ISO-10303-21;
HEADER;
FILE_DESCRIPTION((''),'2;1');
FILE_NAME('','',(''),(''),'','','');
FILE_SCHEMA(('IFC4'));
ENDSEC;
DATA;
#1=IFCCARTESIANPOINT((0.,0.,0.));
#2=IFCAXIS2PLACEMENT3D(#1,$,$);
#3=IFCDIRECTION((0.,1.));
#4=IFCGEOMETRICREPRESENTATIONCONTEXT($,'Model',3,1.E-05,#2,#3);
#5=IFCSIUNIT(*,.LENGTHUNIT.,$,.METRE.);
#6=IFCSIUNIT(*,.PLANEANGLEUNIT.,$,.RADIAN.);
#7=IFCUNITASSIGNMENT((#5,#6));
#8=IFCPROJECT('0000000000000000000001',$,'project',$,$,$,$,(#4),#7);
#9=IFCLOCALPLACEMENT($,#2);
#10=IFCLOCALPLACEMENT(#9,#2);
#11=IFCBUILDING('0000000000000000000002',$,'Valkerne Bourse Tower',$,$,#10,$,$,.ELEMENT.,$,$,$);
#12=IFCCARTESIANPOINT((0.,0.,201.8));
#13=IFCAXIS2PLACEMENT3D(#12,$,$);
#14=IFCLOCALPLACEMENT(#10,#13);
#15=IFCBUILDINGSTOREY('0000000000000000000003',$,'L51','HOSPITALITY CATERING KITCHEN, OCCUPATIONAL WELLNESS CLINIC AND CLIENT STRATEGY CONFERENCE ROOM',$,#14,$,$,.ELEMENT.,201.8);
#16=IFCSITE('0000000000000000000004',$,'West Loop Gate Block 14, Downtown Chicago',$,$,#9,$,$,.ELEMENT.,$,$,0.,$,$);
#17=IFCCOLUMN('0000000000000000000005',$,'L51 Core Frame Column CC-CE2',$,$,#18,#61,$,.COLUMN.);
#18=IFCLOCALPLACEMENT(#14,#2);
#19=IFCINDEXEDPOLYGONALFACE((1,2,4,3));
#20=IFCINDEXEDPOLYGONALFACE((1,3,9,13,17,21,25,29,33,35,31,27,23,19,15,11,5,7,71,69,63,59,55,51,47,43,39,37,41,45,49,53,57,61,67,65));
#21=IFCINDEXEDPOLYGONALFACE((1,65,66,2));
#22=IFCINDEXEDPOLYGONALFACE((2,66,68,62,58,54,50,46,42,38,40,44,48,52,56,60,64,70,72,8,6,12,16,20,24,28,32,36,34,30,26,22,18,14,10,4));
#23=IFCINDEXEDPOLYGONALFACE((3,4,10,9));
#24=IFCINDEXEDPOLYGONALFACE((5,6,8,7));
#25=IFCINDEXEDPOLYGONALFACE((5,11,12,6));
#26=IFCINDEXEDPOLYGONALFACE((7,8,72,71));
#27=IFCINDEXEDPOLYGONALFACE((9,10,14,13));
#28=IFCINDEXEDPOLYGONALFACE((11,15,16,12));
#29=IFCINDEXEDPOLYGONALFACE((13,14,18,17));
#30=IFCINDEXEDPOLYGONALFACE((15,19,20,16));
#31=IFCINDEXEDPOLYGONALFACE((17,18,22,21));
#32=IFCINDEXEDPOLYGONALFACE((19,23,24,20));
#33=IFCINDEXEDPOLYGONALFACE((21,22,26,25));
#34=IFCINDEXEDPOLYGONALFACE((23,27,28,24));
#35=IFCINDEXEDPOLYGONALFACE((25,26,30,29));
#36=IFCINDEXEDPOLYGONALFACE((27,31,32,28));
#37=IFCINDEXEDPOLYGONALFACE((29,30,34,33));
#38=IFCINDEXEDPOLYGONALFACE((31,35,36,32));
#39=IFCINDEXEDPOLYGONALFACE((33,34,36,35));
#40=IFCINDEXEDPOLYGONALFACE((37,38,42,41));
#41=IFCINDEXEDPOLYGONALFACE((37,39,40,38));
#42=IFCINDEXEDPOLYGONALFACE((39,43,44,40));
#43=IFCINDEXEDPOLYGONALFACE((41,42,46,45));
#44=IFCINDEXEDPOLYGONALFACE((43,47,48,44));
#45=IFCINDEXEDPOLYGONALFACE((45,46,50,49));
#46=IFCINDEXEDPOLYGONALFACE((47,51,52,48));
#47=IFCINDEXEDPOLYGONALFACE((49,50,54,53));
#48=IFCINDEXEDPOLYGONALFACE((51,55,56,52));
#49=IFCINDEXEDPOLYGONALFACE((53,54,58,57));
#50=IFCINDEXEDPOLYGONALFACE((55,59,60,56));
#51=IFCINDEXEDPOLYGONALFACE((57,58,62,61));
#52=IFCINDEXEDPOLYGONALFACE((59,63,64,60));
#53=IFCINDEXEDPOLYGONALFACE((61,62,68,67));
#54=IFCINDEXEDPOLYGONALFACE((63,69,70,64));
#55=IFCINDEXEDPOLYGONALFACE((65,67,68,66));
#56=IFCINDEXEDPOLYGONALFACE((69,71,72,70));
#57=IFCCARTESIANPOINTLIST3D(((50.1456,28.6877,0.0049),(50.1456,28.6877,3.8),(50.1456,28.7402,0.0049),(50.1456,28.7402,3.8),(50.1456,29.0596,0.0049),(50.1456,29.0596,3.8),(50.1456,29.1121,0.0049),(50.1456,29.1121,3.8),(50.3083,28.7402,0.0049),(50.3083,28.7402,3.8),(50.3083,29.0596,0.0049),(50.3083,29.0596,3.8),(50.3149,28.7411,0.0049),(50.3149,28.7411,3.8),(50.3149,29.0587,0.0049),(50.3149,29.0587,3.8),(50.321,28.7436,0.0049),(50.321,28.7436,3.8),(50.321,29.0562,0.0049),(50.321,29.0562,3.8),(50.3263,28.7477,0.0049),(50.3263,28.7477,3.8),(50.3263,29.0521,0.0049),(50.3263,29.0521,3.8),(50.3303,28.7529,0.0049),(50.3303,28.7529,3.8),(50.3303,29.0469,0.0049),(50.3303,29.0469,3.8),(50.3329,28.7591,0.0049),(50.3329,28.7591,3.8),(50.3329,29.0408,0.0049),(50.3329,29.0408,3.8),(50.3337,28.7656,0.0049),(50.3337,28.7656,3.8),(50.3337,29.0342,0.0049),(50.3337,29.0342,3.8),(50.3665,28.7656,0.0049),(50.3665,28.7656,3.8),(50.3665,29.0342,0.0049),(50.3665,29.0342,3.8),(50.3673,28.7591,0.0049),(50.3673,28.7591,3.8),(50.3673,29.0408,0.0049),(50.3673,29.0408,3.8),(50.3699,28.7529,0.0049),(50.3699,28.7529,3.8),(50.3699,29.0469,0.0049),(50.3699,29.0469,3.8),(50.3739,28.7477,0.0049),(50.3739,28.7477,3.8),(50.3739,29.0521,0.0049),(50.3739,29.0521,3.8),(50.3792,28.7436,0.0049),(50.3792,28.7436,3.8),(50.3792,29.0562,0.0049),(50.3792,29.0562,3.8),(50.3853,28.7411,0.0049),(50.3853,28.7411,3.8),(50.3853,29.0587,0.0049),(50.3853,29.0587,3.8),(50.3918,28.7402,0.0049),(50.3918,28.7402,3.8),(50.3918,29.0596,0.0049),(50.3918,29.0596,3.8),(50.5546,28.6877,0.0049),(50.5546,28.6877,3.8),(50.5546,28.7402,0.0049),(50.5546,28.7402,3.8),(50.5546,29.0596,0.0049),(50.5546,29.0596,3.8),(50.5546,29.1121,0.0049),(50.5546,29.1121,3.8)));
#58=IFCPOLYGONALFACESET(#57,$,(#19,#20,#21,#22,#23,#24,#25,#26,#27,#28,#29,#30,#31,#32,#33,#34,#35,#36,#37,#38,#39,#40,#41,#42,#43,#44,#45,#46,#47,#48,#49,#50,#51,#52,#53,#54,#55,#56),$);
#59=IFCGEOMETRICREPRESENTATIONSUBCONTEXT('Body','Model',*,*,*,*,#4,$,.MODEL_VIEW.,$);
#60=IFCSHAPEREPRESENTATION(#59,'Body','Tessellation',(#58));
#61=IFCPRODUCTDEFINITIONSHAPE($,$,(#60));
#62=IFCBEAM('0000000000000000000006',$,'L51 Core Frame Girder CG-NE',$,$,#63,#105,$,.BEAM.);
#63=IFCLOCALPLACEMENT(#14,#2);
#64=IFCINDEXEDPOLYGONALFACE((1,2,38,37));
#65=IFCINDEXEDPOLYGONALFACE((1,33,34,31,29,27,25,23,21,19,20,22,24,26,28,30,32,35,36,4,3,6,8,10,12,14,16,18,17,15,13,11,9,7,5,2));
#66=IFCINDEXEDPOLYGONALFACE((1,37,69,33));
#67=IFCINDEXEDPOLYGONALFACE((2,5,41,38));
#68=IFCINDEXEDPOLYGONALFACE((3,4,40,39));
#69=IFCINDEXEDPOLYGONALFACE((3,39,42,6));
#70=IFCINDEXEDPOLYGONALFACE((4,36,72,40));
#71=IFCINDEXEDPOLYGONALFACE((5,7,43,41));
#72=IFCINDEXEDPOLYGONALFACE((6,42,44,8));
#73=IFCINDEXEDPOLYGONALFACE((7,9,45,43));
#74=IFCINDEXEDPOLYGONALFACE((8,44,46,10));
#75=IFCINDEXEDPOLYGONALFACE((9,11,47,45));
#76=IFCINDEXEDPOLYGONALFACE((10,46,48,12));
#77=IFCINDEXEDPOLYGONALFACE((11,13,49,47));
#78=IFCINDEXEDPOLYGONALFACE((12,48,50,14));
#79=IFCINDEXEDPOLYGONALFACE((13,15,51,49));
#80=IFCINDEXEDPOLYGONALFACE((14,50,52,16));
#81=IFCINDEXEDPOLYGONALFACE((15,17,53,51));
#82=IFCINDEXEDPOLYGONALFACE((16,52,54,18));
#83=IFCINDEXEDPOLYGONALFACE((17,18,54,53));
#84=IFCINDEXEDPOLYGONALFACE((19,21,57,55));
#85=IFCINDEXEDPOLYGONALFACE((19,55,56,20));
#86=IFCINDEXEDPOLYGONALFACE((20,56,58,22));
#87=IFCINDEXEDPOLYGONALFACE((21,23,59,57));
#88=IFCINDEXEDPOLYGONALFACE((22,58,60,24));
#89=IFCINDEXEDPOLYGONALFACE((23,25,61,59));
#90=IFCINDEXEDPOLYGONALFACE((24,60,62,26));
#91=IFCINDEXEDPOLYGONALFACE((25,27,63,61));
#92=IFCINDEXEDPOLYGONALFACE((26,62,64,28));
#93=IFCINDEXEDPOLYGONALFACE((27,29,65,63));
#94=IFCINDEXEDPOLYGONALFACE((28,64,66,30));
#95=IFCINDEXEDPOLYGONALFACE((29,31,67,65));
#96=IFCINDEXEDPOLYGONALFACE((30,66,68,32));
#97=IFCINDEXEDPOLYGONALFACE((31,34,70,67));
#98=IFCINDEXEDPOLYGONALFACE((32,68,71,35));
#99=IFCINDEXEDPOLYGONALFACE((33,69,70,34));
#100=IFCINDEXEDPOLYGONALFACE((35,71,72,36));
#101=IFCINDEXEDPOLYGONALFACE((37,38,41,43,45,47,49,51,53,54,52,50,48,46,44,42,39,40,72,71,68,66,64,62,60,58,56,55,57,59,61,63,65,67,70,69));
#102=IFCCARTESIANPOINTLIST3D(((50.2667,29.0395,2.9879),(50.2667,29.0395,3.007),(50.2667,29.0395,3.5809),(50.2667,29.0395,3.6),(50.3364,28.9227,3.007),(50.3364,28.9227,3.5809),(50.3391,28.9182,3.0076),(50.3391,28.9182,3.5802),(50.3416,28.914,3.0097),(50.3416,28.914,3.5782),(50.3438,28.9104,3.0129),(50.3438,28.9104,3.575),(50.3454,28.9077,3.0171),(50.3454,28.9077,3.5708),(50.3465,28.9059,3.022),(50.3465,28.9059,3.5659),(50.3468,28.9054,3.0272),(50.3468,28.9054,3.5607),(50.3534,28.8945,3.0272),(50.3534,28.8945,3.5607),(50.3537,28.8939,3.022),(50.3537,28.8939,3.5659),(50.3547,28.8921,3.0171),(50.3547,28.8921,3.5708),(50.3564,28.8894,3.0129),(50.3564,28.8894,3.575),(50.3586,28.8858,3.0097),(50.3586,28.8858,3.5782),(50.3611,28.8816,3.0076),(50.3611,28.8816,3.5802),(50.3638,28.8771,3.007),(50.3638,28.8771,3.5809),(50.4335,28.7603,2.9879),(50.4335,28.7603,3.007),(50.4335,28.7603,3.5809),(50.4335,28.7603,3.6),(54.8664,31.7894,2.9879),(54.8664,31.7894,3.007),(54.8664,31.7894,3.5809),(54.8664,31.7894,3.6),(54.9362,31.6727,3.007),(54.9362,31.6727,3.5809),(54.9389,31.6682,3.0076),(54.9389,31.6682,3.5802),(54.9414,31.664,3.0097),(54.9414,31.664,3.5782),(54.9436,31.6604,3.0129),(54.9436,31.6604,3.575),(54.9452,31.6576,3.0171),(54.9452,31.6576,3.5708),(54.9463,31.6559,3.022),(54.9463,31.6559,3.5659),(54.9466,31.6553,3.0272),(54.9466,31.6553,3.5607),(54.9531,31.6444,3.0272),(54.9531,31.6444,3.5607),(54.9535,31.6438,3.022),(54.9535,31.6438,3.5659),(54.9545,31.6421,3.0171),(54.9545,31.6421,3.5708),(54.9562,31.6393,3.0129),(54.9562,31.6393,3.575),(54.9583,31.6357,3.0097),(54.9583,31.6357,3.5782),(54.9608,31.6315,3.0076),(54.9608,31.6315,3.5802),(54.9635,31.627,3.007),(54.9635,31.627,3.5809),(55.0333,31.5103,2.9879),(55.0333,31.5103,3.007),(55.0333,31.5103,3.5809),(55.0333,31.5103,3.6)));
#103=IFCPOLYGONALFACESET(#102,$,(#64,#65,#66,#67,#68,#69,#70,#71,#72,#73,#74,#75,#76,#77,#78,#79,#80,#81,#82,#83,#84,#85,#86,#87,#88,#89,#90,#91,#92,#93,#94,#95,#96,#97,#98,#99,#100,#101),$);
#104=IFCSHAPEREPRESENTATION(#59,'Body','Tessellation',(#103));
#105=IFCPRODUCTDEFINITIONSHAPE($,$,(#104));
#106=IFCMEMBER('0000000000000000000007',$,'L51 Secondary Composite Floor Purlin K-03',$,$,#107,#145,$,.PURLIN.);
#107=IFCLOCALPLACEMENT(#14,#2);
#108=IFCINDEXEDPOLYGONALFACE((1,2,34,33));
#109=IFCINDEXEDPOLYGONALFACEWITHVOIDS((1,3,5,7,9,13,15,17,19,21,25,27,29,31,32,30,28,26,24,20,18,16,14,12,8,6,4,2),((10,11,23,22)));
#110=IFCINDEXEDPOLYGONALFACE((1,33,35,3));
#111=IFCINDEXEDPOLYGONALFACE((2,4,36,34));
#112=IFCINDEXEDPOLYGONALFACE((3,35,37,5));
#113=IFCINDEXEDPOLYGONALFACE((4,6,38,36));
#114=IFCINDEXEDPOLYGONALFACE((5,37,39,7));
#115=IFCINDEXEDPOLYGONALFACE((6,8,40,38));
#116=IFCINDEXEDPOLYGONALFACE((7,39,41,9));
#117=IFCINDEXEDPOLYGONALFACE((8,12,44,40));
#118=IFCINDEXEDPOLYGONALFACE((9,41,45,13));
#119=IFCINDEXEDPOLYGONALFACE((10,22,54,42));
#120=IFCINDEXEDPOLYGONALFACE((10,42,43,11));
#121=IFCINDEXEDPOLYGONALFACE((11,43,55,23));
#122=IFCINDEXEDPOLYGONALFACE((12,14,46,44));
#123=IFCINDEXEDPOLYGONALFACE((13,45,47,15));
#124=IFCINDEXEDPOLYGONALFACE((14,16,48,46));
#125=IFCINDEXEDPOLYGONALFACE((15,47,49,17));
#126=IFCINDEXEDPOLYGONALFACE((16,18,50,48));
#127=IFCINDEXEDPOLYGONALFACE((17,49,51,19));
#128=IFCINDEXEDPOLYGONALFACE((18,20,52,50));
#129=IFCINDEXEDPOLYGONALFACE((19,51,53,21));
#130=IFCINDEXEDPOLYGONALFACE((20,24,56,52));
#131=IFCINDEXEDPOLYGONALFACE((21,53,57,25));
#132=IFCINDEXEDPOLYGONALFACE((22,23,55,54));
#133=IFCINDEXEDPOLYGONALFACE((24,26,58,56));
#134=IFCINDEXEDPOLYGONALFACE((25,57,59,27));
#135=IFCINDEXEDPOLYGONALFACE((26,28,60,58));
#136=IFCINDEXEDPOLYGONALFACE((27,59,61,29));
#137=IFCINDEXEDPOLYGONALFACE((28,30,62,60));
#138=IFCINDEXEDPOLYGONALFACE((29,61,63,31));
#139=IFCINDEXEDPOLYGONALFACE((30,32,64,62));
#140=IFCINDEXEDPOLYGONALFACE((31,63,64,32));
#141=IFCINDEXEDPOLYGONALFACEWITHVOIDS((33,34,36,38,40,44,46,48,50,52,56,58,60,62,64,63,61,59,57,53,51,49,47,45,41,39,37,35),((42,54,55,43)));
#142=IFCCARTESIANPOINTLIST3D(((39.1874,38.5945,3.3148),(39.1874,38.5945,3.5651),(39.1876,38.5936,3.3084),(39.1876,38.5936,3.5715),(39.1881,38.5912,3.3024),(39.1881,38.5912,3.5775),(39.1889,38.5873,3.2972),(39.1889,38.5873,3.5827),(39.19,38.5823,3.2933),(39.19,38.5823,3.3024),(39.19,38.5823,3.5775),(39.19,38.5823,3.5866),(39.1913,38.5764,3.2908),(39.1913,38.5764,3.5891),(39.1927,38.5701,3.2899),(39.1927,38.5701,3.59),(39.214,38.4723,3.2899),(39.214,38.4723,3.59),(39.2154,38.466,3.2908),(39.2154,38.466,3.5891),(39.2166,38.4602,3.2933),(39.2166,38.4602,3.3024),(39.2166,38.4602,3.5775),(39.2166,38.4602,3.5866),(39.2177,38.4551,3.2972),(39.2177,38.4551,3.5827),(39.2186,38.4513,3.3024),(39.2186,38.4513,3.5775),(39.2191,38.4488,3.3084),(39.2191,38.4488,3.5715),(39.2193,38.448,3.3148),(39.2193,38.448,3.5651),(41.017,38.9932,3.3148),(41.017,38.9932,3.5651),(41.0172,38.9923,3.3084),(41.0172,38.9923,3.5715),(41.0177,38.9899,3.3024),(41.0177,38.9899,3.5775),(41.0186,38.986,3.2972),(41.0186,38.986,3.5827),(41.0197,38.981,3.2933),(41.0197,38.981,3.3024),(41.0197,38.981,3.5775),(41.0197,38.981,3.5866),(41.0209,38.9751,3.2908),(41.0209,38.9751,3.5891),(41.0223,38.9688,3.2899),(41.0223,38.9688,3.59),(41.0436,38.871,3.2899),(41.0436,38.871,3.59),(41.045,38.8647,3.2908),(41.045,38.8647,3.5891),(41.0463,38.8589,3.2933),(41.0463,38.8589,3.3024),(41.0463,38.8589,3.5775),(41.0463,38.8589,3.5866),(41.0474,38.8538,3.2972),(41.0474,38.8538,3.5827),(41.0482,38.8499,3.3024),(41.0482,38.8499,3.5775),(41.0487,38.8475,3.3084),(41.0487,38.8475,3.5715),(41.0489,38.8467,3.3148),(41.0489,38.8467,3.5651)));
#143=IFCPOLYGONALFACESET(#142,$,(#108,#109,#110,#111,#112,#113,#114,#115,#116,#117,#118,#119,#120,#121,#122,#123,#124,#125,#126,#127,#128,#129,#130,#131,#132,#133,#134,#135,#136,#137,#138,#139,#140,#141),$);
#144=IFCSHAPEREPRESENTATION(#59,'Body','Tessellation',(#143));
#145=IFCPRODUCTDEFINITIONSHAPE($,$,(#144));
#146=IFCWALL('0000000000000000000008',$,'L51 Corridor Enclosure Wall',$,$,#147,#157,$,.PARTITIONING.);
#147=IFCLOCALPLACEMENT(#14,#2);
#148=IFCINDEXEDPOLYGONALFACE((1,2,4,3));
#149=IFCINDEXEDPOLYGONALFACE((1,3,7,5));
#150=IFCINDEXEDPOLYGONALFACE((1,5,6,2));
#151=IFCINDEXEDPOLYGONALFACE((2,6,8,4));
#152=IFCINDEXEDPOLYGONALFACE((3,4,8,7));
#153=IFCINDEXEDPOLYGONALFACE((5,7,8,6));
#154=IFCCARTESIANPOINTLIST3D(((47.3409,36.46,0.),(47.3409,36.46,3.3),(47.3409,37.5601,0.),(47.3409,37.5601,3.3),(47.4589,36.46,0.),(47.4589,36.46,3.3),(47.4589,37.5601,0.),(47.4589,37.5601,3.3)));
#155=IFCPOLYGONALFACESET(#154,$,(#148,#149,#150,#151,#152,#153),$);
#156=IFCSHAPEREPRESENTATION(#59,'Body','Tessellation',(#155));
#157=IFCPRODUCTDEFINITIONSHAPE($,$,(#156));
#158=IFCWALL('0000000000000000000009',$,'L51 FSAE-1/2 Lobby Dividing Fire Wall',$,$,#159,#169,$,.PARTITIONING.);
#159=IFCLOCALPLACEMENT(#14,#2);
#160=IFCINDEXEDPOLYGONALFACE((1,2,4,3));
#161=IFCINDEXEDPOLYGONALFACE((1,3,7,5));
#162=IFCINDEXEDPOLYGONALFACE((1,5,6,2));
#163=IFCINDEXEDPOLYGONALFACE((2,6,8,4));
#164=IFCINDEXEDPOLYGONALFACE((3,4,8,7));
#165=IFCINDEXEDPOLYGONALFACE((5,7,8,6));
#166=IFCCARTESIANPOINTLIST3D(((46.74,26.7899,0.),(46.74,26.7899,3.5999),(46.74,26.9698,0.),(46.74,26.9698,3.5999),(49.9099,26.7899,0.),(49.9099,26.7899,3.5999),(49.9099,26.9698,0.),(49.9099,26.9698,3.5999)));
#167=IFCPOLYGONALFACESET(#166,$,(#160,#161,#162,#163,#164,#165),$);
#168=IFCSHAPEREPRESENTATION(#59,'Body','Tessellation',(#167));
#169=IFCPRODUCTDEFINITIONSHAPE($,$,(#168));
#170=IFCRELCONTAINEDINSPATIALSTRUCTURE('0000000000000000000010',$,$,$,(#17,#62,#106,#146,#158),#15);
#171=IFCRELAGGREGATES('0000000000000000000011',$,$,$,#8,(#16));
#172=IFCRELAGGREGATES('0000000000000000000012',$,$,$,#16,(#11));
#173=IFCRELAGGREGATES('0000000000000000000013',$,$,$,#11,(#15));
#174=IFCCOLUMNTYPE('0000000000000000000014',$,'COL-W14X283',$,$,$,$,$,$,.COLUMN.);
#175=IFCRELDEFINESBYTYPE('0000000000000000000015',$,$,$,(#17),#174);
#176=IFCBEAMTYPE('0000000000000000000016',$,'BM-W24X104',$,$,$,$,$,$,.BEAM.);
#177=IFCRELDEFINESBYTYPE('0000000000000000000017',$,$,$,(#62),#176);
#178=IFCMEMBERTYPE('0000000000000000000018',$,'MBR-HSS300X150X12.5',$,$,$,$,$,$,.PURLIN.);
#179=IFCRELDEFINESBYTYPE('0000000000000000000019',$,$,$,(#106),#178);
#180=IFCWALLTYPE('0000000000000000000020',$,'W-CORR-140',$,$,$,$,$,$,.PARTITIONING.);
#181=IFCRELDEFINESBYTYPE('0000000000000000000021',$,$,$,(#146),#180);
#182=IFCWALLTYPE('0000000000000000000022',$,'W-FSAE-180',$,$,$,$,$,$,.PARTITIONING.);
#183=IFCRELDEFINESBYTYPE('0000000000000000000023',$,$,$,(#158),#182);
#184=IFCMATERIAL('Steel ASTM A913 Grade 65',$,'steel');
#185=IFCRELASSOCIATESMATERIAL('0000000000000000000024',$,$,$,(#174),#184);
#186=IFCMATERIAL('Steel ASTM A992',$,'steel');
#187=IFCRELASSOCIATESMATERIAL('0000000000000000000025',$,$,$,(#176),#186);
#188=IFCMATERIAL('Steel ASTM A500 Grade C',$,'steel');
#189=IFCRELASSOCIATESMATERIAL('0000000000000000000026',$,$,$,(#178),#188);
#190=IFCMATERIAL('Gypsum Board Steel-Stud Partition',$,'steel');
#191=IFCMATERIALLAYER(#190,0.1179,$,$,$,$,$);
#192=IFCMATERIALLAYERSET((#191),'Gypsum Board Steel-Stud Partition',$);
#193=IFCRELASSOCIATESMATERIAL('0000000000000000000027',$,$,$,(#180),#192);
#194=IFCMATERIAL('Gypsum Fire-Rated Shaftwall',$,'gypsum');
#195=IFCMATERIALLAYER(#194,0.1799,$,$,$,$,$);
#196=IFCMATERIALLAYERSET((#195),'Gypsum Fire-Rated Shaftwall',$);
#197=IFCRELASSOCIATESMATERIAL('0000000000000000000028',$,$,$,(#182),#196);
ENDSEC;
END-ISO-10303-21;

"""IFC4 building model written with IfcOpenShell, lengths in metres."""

from ifc_helpers import new_model, si_unit, direction, frame, frame_2d, origin, origin_2d, place, context, subcontext, project, spatial, rectangle, hollow_rectangle, i_section, extrude, material, layer, layer_set, material_profile, profile_set, type_object, element, save


model = new_model("IFC4")

# Units and contexts
model_context = context("Model", 3, precision=1e-05, world=origin(), true_north=direction((0.0, 1.0)))
body_context = subcontext(model_context, "Body", "Model", "MODEL_VIEW")
ifc_project = project(units=[si_unit("LENGTHUNIT", "METRE"), si_unit("PLANEANGLEUNIT", "RADIAN")], contexts=[model_context])

# Site, building, storey
site_placement = place(None, origin())
site = spatial("IfcSite", under=ifc_project, at=site_placement, Name="West Loop Gate Block 14, Downtown Chicago", CompositionType="ELEMENT", RefElevation=0.0)
building_placement = place(site_placement, origin())
building = spatial("IfcBuilding", under=site, at=building_placement, Name="Valkerne Bourse Tower", CompositionType="ELEMENT")
storey_placement = place(building_placement, frame((0.0, 0.0, 201.8)))
storey = spatial("IfcBuildingStorey", under=building, at=storey_placement, Name="L51", Description="HOSPITALITY CATERING KITCHEN, OCCUPATIONAL WELLNESS CLINIC AND CLIENT STRATEGY CONFERENCE ROOM", CompositionType="ELEMENT", Elevation=201.8)

# Column
ifc_material_1 = material(Name="Steel ASTM A913 Grade 65", Category="steel")
ifc_material_profile_1 = material_profile(ifc_material_1, i_section(OverallWidth=0.4089, OverallDepth=0.4243, WebThickness=0.0327, FlangeThickness=0.0525, FilletRadius=0.0254, at=origin_2d()), Name="W14X283")
ifc_profile_set_1 = profile_set([ifc_material_profile_1], Name="Steel ASTM A913 Grade 65")
column_type = type_object("IfcColumnType", Name="COL-W14X283", PredefinedType="COLUMN", material=ifc_profile_set_1)
column_placement = place(storey_placement, frame((50.3501, 28.8999, 0.0049), z_axis=(0.0, 0.0, 1.0), x_axis=(1.0, 0.0, 0.0)))
element("IfcColumn", 1, at=column_placement, inside=storey, type_object=column_type, Name="L51 Core Frame Column CC-CE2", PredefinedType="COLUMN", context=body_context, shape_type="SweptSolid", body=[
    extrude(i_section(OverallWidth=0.4089, OverallDepth=0.4243, WebThickness=0.0327, FlangeThickness=0.0525, FilletRadius=0.0254, at=origin_2d()), origin(), (0.0, 0.0, 1.0), 3.7952),
])

# Beam
ifc_material_2 = material(Name="Steel ASTM A992", Category="steel")
ifc_material_profile_2 = material_profile(ifc_material_2, i_section(OverallWidth=0.3252, OverallDepth=0.6121, WebThickness=0.0127, FlangeThickness=0.019, FilletRadius=0.0203, at=origin_2d()), Name="W24X104")
ifc_profile_set_2 = profile_set([ifc_material_profile_2], Name="Steel ASTM A992")
beam_type = type_object("IfcBeamType", Name="BM-W24X104", PredefinedType="BEAM", material=ifc_profile_set_2)
beam_placement = place(storey_placement, frame((50.3501, 28.8999, 3.2939), z_axis=(0.858308, 0.513135, 0.0), x_axis=(-0.513135, 0.858308, 0.0)))
element("IfcBeam", 2, at=beam_placement, inside=storey, type_object=beam_type, Name="L51 Core Frame Girder CG-NE", PredefinedType="BEAM", context=body_context, shape_type="SweptSolid", body=[
    extrude(i_section(OverallWidth=0.3252, OverallDepth=0.6121, WebThickness=0.0127, FlangeThickness=0.019, FilletRadius=0.0203, at=origin_2d()), origin(), (0.0, 0.0, 1.0), 5.3591),
])

# Member
ifc_material_3 = material(Name="Steel ASTM A500 Grade C", Category="steel")
ifc_material_profile_3 = material_profile(ifc_material_3, hollow_rectangle(XDim=0.1499, YDim=0.3, WallThickness=0.0125, OuterFilletRadius=0.0249, at=origin_2d()), Name="HSS300X150X12.5")
ifc_profile_set_3 = profile_set([ifc_material_profile_3], Name="Steel ASTM A500 Grade C")
member_type = type_object("IfcMemberType", Name="MBR-HSS300X150X12.5", PredefinedType="PURLIN", material=ifc_profile_set_3)
member_placement = place(storey_placement, frame((41.033, 38.9199, 3.4399), z_axis=(-0.977072, -0.212911, 0.0), x_axis=(0.212911, -0.977072, 0.0)))
element("IfcMember", 3, at=member_placement, inside=storey, type_object=member_type, Name="L51 Secondary Composite Floor Purlin K-03", PredefinedType="PURLIN", context=body_context, shape_type="SweptSolid", body=[
    extrude(hollow_rectangle(XDim=0.1499, YDim=0.3, WallThickness=0.0125, OuterFilletRadius=0.0249, at=origin_2d()), origin(), (0.0, 0.0, 1.0), 1.8726),
])

# Walls
ifc_material_4 = material(Name="Gypsum Board Steel-Stud Partition", Category="steel")
ifc_layer_1 = layer(ifc_material_4, 0.1179)
ifc_layer_set_1 = layer_set([ifc_layer_1], Name="Gypsum Board Steel-Stud Partition")
wall_type_1 = type_object("IfcWallType", Name="W-CORR-140", PredefinedType="PARTITIONING", material=ifc_layer_set_1)
wall_1_placement = place(storey_placement, frame((47.3999, 37.5601, 0.0), z_axis=(0.0, 0.0, 1.0), x_axis=(0.0, -1.0, 0.0)))
element("IfcWall", 4, at=wall_1_placement, inside=storey, type_object=wall_type_1, Name="L51 Corridor Enclosure Wall", PredefinedType="PARTITIONING", context=body_context, shape_type="SweptSolid", body=[
    extrude(rectangle(XDim=1.1001, YDim=0.1179, at=frame_2d((0.55, 0.0))), origin(), (0.0, 0.0, 1.0), 3.3),
])
ifc_material_5 = material(Name="Gypsum Fire-Rated Shaftwall", Category="gypsum")
ifc_layer_2 = layer(ifc_material_5, 0.1799)
ifc_layer_set_2 = layer_set([ifc_layer_2], Name="Gypsum Fire-Rated Shaftwall")
wall_type_2 = type_object("IfcWallType", Name="W-FSAE-180", PredefinedType="PARTITIONING", material=ifc_layer_set_2)
wall_2_placement = place(storey_placement, frame((46.74, 26.8799, 0.0), z_axis=(0.0, 0.0, 1.0), x_axis=(1.0, 0.0, 0.0)))
element("IfcWall", 5, at=wall_2_placement, inside=storey, type_object=wall_type_2, Name="L51 FSAE-1/2 Lobby Dividing Fire Wall", PredefinedType="PARTITIONING", context=body_context, shape_type="SweptSolid", body=[
    extrude(rectangle(XDim=3.1699, YDim=0.1799, at=frame_2d((1.585, 0.0))), origin(), (0.0, 0.0, 1.0), 3.5999),
])

save(model, "model.ifc")
